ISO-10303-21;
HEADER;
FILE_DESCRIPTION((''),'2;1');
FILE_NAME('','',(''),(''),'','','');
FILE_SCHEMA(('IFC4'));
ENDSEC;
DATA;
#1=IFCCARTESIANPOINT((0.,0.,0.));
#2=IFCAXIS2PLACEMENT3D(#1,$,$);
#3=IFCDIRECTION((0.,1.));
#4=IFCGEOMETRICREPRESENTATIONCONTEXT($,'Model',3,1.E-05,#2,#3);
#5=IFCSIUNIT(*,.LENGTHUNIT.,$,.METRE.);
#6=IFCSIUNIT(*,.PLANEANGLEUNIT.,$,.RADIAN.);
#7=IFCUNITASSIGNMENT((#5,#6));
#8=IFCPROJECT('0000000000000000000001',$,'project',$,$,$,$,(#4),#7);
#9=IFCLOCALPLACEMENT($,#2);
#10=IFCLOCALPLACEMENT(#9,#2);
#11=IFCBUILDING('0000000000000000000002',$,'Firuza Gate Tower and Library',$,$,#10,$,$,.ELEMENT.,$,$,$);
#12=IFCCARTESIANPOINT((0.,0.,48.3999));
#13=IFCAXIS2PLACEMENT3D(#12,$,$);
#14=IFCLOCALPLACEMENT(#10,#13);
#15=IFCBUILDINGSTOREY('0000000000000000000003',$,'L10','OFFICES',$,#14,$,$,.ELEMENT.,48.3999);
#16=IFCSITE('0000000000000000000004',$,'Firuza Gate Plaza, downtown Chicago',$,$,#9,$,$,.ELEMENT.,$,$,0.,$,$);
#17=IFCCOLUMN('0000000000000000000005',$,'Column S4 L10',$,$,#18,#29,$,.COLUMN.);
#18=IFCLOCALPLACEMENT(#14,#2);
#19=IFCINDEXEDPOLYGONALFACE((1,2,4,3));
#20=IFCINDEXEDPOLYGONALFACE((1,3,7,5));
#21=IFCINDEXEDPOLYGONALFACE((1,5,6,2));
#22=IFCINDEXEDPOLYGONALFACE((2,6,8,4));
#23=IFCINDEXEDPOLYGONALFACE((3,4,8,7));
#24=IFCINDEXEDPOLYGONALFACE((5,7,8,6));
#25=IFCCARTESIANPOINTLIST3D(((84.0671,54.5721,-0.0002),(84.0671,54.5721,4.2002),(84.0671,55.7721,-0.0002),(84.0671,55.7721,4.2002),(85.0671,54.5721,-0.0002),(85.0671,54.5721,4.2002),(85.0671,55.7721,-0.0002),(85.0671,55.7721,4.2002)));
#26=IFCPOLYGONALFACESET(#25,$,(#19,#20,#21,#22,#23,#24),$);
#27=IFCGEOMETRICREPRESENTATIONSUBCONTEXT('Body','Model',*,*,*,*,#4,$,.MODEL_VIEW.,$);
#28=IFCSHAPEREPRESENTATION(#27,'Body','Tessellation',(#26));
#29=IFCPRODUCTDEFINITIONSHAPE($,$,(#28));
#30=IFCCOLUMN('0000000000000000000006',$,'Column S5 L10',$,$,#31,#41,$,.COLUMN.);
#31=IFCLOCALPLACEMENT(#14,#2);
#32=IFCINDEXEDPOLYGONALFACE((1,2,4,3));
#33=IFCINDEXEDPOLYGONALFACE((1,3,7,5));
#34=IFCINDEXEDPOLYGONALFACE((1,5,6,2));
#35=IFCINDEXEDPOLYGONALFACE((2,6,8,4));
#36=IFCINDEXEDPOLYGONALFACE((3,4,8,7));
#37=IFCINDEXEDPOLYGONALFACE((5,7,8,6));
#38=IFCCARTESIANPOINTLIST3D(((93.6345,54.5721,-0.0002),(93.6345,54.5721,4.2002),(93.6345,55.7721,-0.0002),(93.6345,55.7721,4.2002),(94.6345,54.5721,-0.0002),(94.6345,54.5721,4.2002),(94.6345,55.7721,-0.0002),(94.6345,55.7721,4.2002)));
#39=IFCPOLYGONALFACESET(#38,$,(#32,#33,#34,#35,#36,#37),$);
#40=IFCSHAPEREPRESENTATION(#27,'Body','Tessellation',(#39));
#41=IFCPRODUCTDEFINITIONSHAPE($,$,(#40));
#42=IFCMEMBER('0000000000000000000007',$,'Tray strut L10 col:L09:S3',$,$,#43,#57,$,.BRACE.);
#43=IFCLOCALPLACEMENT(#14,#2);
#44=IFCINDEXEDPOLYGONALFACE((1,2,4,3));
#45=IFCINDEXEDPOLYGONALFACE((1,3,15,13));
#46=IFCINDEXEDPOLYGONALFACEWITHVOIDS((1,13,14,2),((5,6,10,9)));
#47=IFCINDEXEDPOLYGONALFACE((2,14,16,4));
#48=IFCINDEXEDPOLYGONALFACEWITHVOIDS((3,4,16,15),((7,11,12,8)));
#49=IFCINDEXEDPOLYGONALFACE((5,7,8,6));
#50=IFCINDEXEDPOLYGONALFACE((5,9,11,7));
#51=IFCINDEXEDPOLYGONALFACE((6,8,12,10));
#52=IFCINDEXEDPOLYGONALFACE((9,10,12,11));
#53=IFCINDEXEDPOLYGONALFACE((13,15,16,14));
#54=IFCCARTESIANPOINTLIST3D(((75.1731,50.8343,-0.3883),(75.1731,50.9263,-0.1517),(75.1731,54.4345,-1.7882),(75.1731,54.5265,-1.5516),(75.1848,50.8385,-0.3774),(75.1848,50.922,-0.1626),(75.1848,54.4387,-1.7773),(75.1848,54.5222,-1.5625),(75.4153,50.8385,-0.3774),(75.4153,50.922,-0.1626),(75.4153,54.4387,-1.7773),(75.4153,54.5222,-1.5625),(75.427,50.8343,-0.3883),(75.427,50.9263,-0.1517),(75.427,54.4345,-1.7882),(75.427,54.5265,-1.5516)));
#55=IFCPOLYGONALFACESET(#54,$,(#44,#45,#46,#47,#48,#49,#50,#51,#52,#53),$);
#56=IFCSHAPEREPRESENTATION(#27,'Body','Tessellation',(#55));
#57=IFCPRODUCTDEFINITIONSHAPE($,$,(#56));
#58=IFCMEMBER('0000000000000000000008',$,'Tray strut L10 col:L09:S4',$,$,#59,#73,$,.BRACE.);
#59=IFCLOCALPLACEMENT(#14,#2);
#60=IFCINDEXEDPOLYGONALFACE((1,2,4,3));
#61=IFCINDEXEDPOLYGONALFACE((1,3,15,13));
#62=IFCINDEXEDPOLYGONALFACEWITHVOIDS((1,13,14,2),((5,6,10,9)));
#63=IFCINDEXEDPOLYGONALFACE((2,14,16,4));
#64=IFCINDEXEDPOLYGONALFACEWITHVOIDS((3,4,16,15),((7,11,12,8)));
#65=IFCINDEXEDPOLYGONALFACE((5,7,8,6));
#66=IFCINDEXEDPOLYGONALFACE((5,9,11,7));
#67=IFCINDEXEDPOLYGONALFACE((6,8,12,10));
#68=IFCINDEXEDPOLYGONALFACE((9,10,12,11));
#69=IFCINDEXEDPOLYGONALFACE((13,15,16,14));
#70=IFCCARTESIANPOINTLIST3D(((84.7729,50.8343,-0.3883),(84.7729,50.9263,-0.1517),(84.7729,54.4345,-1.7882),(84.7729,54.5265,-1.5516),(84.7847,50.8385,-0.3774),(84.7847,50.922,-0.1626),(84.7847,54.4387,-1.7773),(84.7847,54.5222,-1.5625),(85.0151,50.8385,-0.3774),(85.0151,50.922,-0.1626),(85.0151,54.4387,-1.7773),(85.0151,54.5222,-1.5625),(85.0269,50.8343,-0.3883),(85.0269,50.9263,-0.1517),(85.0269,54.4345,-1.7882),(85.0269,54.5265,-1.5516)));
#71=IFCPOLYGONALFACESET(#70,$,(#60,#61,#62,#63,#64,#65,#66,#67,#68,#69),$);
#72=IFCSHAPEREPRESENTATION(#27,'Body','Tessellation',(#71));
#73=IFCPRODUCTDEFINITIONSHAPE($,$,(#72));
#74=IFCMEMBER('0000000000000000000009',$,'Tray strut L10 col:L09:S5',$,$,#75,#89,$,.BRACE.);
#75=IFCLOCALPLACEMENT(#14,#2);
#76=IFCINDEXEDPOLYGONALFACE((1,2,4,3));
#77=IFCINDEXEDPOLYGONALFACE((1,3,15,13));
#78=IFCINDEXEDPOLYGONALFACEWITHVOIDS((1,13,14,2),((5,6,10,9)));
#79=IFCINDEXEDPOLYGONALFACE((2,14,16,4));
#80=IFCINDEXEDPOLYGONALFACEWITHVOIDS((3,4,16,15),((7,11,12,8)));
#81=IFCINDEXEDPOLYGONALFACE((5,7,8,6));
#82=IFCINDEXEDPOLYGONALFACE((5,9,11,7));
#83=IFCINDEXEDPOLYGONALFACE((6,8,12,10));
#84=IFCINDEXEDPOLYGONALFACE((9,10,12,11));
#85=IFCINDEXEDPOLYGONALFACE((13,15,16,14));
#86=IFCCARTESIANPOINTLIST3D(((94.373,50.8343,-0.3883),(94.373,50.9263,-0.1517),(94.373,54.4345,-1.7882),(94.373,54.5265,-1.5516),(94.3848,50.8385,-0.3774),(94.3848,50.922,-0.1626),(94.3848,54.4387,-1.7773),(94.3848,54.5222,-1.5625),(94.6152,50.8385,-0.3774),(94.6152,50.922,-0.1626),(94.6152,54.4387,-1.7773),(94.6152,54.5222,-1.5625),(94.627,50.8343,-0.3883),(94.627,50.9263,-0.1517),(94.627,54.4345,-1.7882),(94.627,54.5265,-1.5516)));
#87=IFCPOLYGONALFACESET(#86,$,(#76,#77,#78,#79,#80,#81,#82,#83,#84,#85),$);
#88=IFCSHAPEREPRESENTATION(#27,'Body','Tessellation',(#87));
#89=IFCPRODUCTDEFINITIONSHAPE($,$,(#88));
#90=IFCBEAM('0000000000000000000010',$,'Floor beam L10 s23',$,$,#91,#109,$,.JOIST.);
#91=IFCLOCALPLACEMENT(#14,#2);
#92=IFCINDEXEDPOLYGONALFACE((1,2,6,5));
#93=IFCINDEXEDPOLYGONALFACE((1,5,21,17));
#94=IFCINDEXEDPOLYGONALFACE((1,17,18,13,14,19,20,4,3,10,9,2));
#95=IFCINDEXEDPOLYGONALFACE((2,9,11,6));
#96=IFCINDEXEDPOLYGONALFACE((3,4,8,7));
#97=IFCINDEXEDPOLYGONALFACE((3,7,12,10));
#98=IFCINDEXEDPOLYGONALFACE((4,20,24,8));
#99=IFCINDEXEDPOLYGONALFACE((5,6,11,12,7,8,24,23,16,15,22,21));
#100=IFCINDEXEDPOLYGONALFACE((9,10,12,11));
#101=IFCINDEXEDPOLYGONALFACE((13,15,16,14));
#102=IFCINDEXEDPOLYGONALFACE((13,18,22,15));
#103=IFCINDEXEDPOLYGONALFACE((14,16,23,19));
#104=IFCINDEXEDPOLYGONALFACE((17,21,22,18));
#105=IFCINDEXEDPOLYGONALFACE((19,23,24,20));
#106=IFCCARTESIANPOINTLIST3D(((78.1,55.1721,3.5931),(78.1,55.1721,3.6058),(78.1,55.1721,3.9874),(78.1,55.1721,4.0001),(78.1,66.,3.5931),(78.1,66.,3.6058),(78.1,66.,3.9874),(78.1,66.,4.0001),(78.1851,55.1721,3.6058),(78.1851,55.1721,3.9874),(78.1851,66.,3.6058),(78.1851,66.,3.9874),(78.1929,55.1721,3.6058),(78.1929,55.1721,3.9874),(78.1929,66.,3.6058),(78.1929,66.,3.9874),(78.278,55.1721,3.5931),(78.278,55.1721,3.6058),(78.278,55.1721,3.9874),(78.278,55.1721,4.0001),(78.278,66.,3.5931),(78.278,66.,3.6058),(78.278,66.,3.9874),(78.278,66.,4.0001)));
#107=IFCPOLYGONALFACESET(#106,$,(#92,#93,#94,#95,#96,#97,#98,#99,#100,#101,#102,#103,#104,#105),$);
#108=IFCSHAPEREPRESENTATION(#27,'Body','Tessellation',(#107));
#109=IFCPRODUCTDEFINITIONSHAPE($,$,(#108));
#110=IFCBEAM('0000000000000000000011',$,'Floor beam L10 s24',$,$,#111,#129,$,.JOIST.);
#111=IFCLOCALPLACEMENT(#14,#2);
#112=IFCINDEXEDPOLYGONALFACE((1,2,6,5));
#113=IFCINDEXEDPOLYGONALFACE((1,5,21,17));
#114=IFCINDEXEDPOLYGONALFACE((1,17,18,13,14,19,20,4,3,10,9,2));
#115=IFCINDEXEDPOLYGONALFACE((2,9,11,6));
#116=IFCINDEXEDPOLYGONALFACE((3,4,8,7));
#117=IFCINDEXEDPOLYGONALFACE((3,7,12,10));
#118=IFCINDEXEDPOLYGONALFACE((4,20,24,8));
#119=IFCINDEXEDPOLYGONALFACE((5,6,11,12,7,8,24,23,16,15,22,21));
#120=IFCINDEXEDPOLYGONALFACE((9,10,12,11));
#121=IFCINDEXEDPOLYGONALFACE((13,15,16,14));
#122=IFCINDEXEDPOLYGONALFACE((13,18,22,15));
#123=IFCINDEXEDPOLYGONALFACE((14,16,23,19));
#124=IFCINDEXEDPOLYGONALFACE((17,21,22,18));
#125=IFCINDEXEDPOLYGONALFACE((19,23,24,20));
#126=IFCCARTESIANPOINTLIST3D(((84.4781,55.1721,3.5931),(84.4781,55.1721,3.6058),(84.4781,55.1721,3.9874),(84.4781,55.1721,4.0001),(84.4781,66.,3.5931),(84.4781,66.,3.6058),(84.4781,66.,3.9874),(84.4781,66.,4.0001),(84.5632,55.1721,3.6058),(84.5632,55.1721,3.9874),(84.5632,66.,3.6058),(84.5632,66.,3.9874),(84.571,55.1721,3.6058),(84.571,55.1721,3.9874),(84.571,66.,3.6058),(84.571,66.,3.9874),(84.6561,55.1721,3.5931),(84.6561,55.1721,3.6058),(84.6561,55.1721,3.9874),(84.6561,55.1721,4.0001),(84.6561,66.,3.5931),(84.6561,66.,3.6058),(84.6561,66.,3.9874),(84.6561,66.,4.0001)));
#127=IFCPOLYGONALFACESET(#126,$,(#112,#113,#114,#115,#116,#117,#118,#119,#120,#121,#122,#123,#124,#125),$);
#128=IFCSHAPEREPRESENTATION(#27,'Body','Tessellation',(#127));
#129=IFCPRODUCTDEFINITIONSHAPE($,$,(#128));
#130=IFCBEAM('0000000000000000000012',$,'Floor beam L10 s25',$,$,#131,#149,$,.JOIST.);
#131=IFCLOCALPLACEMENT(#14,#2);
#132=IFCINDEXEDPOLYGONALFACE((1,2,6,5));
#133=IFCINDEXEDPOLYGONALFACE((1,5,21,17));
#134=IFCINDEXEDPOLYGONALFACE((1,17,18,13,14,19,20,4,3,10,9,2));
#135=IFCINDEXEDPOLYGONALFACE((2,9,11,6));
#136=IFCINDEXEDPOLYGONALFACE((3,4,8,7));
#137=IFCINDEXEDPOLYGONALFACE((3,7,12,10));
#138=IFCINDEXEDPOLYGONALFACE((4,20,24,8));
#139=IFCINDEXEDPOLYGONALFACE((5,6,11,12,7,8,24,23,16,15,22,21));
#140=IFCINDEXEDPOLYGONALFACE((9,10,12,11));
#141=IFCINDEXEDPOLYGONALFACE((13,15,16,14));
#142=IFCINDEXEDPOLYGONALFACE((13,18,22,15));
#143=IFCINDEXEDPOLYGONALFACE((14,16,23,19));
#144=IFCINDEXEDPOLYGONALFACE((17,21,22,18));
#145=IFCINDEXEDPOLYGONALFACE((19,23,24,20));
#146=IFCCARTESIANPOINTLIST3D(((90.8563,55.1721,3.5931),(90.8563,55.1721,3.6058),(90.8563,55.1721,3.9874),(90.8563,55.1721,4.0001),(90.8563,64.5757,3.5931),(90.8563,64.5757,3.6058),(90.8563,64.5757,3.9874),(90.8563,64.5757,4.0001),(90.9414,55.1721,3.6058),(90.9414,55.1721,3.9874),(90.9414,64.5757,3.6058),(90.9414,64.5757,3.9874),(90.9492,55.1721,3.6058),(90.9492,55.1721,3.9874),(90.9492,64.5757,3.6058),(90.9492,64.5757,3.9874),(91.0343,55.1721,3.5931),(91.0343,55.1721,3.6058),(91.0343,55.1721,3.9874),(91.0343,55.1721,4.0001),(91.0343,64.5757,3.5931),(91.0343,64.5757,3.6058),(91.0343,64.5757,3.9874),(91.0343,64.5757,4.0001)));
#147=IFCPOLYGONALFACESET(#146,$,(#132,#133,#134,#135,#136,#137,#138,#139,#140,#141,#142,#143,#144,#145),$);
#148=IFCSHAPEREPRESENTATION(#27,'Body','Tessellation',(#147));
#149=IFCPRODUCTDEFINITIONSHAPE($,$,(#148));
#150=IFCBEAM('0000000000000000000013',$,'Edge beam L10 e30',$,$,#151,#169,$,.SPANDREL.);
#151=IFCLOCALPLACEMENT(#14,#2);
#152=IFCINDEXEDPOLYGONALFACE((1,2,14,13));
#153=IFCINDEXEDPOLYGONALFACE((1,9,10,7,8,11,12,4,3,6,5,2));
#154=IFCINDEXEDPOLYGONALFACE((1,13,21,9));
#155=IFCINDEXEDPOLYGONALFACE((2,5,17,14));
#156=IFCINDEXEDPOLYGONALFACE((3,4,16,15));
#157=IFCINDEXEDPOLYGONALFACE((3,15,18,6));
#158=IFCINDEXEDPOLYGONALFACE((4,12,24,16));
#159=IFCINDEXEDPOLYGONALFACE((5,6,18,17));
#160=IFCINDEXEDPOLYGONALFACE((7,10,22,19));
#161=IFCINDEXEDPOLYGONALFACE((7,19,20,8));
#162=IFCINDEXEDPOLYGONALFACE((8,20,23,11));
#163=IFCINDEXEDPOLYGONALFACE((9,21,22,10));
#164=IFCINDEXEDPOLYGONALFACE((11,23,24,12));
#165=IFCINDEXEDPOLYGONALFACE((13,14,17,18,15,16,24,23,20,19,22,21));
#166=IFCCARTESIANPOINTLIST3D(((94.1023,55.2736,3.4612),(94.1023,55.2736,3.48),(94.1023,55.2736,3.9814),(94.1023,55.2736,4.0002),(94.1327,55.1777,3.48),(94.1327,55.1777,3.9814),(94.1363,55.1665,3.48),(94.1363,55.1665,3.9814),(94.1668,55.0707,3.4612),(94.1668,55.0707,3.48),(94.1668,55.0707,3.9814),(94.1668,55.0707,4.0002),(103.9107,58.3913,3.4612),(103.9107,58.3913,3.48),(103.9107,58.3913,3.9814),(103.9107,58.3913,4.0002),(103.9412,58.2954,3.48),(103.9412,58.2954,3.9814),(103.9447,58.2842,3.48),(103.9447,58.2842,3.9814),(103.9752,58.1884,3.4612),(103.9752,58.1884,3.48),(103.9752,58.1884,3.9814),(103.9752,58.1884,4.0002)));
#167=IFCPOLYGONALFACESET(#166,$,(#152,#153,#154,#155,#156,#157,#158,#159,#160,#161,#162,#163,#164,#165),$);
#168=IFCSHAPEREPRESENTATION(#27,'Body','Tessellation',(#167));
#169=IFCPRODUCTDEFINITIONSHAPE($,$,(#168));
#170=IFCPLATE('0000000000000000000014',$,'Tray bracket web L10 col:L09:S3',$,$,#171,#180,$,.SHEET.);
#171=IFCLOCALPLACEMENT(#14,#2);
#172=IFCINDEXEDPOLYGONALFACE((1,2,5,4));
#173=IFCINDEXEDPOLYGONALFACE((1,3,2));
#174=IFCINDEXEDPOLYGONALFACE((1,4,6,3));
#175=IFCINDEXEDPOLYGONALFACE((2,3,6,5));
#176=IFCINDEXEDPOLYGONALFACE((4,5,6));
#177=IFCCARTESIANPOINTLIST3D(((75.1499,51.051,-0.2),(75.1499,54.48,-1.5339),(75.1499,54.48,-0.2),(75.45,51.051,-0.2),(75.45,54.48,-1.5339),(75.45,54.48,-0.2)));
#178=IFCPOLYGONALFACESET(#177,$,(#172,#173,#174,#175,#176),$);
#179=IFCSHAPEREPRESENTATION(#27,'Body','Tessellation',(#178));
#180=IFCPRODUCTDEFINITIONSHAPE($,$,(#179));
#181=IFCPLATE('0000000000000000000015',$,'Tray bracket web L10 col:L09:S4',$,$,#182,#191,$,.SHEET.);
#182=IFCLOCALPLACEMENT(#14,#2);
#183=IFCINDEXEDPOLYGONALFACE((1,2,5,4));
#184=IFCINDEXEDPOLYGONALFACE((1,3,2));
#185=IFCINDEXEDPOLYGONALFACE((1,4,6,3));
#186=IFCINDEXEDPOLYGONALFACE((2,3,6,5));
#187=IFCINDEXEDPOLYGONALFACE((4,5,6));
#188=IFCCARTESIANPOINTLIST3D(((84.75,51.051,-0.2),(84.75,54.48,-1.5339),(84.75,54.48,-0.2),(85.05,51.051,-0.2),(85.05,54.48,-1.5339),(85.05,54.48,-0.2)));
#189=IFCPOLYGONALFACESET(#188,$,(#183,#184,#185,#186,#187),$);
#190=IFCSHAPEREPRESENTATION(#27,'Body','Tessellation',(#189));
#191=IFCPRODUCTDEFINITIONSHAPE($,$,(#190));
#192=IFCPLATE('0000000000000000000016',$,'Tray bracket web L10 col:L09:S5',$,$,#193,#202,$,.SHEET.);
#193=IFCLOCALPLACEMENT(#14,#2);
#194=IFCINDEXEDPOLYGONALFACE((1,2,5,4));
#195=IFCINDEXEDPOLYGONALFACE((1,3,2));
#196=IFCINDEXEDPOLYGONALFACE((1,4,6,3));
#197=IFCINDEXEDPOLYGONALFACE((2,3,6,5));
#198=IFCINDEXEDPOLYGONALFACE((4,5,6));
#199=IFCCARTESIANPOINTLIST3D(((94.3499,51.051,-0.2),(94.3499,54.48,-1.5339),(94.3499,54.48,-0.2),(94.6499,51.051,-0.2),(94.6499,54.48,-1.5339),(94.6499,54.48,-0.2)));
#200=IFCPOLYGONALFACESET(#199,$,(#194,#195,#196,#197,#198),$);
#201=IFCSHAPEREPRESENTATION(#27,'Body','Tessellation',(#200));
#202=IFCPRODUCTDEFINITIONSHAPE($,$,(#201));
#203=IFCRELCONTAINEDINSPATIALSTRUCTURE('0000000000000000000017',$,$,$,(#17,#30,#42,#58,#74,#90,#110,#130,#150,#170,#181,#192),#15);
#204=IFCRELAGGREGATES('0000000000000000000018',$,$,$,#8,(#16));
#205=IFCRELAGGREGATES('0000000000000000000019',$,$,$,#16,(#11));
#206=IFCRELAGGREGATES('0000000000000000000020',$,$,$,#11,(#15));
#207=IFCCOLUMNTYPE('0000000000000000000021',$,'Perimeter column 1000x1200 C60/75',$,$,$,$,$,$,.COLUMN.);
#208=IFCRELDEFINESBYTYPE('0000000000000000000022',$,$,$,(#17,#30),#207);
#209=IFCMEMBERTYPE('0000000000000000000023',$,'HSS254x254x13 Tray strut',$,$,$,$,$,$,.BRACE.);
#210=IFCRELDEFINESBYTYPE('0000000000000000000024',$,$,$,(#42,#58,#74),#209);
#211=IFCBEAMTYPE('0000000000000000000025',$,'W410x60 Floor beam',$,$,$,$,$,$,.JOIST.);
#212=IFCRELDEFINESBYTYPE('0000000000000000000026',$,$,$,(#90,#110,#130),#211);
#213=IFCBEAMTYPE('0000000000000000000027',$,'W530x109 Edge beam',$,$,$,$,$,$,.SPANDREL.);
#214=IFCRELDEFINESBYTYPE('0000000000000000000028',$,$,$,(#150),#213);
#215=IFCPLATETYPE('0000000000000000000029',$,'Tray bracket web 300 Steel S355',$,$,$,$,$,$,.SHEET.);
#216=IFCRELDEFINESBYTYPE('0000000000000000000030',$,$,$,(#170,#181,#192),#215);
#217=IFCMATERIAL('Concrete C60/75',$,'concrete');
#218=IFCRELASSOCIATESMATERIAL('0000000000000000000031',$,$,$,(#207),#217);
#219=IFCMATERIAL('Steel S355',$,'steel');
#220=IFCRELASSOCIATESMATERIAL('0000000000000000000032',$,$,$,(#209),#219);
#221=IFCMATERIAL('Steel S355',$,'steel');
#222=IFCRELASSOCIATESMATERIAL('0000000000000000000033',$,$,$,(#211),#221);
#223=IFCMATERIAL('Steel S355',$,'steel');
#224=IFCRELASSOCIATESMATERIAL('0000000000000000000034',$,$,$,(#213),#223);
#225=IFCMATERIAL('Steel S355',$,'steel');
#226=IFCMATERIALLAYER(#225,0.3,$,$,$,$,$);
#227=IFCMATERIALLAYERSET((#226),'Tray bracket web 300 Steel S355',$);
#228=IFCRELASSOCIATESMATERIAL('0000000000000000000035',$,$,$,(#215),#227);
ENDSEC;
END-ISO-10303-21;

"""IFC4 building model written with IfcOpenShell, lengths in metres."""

from ifc_helpers import new_model, si_unit, direction, frame, origin, origin_2d, place, context, subcontext, project, spatial, polyline, rectangle, hollow_rectangle, i_section, outline, extrude, material, layer, layer_set, material_profile, profile_set, type_object, element, save


model = new_model("IFC4")

# Units and contexts
model_context = context("Model", 3, precision=1e-05, world=origin(), true_north=direction((0.0, 1.0)))
body_context = subcontext(model_context, "Body", "Model", "MODEL_VIEW")
ifc_project = project(units=[si_unit("LENGTHUNIT", "METRE"), si_unit("PLANEANGLEUNIT", "RADIAN")], contexts=[model_context])

# Site, building, storey
site_placement = place(None, origin())
site = spatial("IfcSite", under=ifc_project, at=site_placement, Name="Firuza Gate Plaza, downtown Chicago", CompositionType="ELEMENT", RefElevation=0.0)
building_placement = place(site_placement, origin())
building = spatial("IfcBuilding", under=site, at=building_placement, Name="Firuza Gate Tower and Library", CompositionType="ELEMENT")
storey_placement = place(building_placement, frame((0.0, 0.0, 48.3999)))
storey = spatial("IfcBuildingStorey", under=building, at=storey_placement, Name="L10", Description="OFFICES", CompositionType="ELEMENT", Elevation=48.3999)

# Columns
ifc_material_1 = material(Name="Concrete C60/75", Category="concrete")
ifc_material_profile_1 = material_profile(ifc_material_1, rectangle(XDim=1.0, YDim=1.2, at=origin_2d()))
ifc_profile_set_1 = profile_set([ifc_material_profile_1], Name="Concrete C60/75")
column_type = type_object("IfcColumnType", Name="Perimeter column 1000x1200 C60/75", PredefinedType="COLUMN", material=ifc_profile_set_1)
for number, where, z_axis, x_axis, name in (
    (1, (84.5671, 55.1721, -0.0002), (0.0, 0.0, 1.0), (1.0, 0.0, 0.0), "Column S4 L10"),
    (2, (94.1345, 55.1721, -0.0002), (0.0, 0.0, 1.0), (1.0, 0.0, 0.0), "Column S5 L10"),
):
    element("IfcColumn", number, at=place(storey_placement, frame(where, z_axis=z_axis, x_axis=x_axis)), inside=storey, type_object=column_type, Name=name, PredefinedType="COLUMN", context=body_context, shape_type="SweptSolid", body=[
        extrude(rectangle(XDim=1.0, YDim=1.2, at=origin_2d()), origin(), (0.0, 0.0, 1.0), 4.2004),
    ])

# Members
ifc_material_2 = material(Name="Steel S355", Category="steel")
ifc_material_profile_2 = material_profile(ifc_material_2, hollow_rectangle(XDim=0.2539, YDim=0.2539, WallThickness=0.0117, at=origin_2d()))
ifc_profile_set_2 = profile_set([ifc_material_profile_2], Name="Steel S355")
member_type = type_object("IfcMemberType", Name="HSS254x254x13 Tray strut", PredefinedType="BRACE", material=ifc_profile_set_2)
for number, where, z_axis, x_axis, name in (
    (3, (75.3, 54.4805, -1.6699), (0.0, -0.932017, 0.362416), (1.0, 0.0, 0.0), "Tray strut L10 col:L09:S3"),
    (4, (84.8999, 54.4805, -1.6699), (0.0, -0.932017, 0.362416), (1.0, 0.0, 0.0), "Tray strut L10 col:L09:S4"),
    (5, (94.5, 54.4805, -1.6699), (0.0, -0.932017, 0.362416), (1.0, 0.0, 0.0), "Tray strut L10 col:L09:S5"),
):
    element("IfcMember", number, at=place(storey_placement, frame(where, z_axis=z_axis, x_axis=x_axis)), inside=storey, type_object=member_type, Name=name, PredefinedType="BRACE", context=body_context, shape_type="SweptSolid", body=[
        extrude(hollow_rectangle(XDim=0.2539, YDim=0.2539, WallThickness=0.0117, at=origin_2d()), origin(), (0.0, 0.0, 1.0), 3.8628),
    ])

# Beams
ifc_material_3 = material(Name="Steel S355", Category="steel")
ifc_material_profile_3 = material_profile(ifc_material_3, i_section(OverallWidth=0.178, OverallDepth=0.407, WebThickness=0.0078, FlangeThickness=0.0127, at=origin_2d()))
ifc_profile_set_3 = profile_set([ifc_material_profile_3], Name="Steel S355")
beam_type_1 = type_object("IfcBeamType", Name="W410x60 Floor beam", PredefinedType="JOIST", material=ifc_profile_set_3)
for number, where, z_axis, x_axis, name in (
    (6, (78.189, 55.1721, 3.7966), (0.0, 1.0, 0.0), (-1.0, 0.0, 0.0), "Floor beam L10 s23"),
    (7, (84.5671, 55.1721, 3.7966), (0.0, 1.0, 0.0), (-1.0, 0.0, 0.0), "Floor beam L10 s24"),
):
    element("IfcBeam", number, at=place(storey_placement, frame(where, z_axis=z_axis, x_axis=x_axis)), inside=storey, type_object=beam_type_1, Name=name, PredefinedType="JOIST", context=body_context, shape_type="SweptSolid", body=[
        extrude(i_section(OverallWidth=0.178, OverallDepth=0.407, WebThickness=0.0078, FlangeThickness=0.0127, at=origin_2d()), origin(), (0.0, 0.0, 1.0), 10.8279),
    ])
beam_1_placement = place(storey_placement, frame((90.9453, 55.1721, 3.7966), z_axis=(0.0, 1.0, 0.0), x_axis=(-1.0, 0.0, 0.0)))
element("IfcBeam", 8, at=beam_1_placement, inside=storey, type_object=beam_type_1, Name="Floor beam L10 s25", PredefinedType="JOIST", context=body_context, shape_type="SweptSolid", body=[
    extrude(i_section(OverallWidth=0.178, OverallDepth=0.407, WebThickness=0.0078, FlangeThickness=0.0127, at=origin_2d()), origin(), (0.0, 0.0, 1.0), 9.4036),
])
ifc_material_4 = material(Name="Steel S355", Category="steel")
ifc_material_profile_4 = material_profile(ifc_material_4, i_section(OverallWidth=0.2129, OverallDepth=0.5391, WebThickness=0.0117, FlangeThickness=0.0188, at=origin_2d()))
ifc_profile_set_4 = profile_set([ifc_material_profile_4], Name="Steel S355")
beam_type_2 = type_object("IfcBeamType", Name="W530x109 Edge beam", PredefinedType="SPANDREL", material=ifc_profile_set_4)
beam_2_placement = place(storey_placement, frame((94.1345, 55.1721, 3.7307), z_axis=(0.953015, 0.302925, 0.0), x_axis=(-0.302925, 0.953015, 0.0)))
element("IfcBeam", 9, at=beam_2_placement, inside=storey, type_object=beam_type_2, Name="Edge beam L10 e30", PredefinedType="SPANDREL", context=body_context, shape_type="SweptSolid", body=[
    extrude(i_section(OverallWidth=0.2129, OverallDepth=0.5391, WebThickness=0.0117, FlangeThickness=0.0188, at=origin_2d()), origin(), (0.0, 0.0, 1.0), 10.292),
])

# Plates
ifc_material_5 = material(Name="Steel S355", Category="steel")
ifc_layer_1 = layer(ifc_material_5, 0.3)
ifc_layer_set_1 = layer_set([ifc_layer_1], Name="Tray bracket web 300 Steel S355")
plate_type = type_object("IfcPlateType", Name="Tray bracket web 300 Steel S355", PredefinedType="SHEET", material=ifc_layer_set_1)
for number, where, z_axis, x_axis, name in (
    (10, (75.45, 54.48, -0.2), (1.0, 0.0, 0.0), (0.0, -1.0, 0.0), "Tray bracket web L10 col:L09:S3"),
    (11, (85.05, 54.48, -0.2), (1.0, 0.0, 0.0), (0.0, -1.0, 0.0), "Tray bracket web L10 col:L09:S4"),
    (12, (94.6499, 54.48, -0.2), (1.0, 0.0, 0.0), (0.0, -1.0, 0.0), "Tray bracket web L10 col:L09:S5"),
):
    element("IfcPlate", number, at=place(storey_placement, frame(where, z_axis=z_axis, x_axis=x_axis)), inside=storey, type_object=plate_type, Name=name, PredefinedType="SHEET", context=body_context, shape_type="SweptSolid", body=[
        extrude(outline(polyline([(0.0, 0.0), (3.429, 0.0), (0.0, 1.334), (0.0, 0.0)])), origin(), (0.0, 0.0, -1.0), 0.3),
    ])

save(model, "model.ifc")
